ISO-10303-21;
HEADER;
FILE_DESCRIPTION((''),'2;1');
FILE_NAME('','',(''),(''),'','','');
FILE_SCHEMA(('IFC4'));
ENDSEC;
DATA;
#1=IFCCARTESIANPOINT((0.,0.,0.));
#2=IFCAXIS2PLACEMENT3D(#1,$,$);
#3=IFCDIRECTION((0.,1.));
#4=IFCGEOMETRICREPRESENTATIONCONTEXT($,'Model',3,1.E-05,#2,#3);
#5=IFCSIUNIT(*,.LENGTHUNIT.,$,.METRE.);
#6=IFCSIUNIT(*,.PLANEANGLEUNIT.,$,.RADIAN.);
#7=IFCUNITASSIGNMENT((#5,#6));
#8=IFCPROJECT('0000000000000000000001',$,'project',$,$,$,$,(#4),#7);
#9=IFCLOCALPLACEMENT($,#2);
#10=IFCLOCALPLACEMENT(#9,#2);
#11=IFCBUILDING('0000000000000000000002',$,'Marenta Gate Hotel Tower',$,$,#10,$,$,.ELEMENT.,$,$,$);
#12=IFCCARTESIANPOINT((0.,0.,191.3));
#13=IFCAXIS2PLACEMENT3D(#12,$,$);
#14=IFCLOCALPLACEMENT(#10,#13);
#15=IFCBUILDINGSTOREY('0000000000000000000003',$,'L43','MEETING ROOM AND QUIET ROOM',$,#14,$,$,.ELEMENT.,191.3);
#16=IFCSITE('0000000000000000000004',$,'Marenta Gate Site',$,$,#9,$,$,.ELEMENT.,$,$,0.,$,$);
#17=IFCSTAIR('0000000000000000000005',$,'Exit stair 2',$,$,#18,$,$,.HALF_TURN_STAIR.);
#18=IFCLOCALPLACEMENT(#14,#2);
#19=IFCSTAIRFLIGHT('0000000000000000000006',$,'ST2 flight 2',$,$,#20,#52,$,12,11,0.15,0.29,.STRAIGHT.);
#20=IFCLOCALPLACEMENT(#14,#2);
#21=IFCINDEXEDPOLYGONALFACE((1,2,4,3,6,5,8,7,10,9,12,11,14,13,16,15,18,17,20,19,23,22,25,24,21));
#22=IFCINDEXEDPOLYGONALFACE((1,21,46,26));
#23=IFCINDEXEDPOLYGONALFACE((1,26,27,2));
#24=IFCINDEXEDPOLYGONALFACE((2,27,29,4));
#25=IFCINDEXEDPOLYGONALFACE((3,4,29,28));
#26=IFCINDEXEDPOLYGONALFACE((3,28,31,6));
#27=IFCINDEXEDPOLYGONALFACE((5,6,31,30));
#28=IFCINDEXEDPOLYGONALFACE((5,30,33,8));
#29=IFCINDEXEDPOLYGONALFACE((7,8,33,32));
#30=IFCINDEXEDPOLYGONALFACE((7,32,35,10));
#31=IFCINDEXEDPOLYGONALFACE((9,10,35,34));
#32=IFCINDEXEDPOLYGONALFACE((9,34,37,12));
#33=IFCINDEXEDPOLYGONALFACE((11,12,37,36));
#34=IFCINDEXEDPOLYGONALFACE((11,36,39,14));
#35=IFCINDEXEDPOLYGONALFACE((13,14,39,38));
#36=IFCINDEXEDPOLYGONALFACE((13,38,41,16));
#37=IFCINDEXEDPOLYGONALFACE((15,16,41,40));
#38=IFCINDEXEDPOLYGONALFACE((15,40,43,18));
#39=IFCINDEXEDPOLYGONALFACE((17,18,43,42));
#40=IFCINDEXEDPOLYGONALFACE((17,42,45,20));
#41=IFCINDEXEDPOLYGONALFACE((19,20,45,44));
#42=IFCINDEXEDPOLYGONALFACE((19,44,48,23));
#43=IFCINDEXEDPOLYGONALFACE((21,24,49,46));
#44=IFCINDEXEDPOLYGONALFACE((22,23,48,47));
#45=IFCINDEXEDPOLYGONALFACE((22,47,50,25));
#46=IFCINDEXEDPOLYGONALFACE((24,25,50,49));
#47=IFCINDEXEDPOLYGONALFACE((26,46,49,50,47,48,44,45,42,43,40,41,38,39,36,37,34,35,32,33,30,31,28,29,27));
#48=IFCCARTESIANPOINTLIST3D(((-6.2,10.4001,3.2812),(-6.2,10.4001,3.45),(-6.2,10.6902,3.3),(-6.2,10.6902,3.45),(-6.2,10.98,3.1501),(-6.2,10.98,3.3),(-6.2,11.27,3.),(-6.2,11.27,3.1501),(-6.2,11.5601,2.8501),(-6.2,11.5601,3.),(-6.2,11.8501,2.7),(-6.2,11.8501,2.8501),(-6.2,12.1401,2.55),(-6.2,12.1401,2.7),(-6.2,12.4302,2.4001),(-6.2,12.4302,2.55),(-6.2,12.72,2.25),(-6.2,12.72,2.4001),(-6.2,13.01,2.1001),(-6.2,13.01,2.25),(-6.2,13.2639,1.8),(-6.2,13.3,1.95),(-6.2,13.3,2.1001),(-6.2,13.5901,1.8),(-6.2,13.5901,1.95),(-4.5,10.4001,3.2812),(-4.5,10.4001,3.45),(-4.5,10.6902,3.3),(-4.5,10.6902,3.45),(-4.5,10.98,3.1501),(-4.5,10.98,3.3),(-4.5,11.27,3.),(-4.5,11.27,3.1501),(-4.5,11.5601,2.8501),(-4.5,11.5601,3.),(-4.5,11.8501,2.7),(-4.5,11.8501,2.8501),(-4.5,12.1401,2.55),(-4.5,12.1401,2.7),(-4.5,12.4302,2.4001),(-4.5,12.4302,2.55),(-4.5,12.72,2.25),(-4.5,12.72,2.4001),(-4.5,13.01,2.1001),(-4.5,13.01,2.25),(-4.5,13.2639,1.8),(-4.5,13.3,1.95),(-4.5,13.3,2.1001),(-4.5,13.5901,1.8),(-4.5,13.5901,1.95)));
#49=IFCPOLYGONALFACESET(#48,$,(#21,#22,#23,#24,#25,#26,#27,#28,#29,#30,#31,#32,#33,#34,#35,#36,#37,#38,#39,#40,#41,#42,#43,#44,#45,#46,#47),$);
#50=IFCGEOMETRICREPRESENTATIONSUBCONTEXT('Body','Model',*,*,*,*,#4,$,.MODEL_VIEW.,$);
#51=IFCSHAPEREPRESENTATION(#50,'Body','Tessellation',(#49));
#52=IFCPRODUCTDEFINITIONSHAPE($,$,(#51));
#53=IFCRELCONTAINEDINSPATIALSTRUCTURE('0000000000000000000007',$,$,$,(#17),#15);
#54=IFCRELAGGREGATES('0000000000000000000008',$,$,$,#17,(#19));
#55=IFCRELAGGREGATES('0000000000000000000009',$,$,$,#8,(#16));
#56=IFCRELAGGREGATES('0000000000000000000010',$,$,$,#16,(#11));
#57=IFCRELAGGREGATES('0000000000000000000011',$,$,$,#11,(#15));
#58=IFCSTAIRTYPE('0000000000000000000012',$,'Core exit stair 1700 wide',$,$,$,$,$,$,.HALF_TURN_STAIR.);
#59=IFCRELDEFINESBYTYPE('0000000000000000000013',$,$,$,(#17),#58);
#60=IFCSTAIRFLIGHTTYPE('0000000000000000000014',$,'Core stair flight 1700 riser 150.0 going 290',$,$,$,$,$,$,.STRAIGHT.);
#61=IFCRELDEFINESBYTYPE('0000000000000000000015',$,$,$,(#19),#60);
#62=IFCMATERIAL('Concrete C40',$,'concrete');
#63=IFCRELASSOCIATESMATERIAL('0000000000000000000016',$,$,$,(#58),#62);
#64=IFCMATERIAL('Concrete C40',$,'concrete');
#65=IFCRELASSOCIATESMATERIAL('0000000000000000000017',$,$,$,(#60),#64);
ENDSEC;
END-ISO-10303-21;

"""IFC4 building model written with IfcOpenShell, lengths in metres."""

from ifc_helpers import new_model, si_unit, direction, frame, origin, place, context, subcontext, project, spatial, polyline, outline, extrude, material, type_object, element, aggregate, save


model = new_model("IFC4")

# Units and contexts
model_context = context("Model", 3, precision=1e-05, world=origin(), true_north=direction((0.0, 1.0)))
body_context = subcontext(model_context, "Body", "Model", "MODEL_VIEW")
ifc_project = project(units=[si_unit("LENGTHUNIT", "METRE"), si_unit("PLANEANGLEUNIT", "RADIAN")], contexts=[model_context])

# Site, building, storey
site_placement = place(None, origin())
site = spatial("IfcSite", under=ifc_project, at=site_placement, Name="Marenta Gate Site", CompositionType="ELEMENT", RefElevation=0.0)
building_placement = place(site_placement, origin())
building = spatial("IfcBuilding", under=site, at=building_placement, Name="Marenta Gate Hotel Tower", CompositionType="ELEMENT")
storey_placement = place(building_placement, frame((0.0, 0.0, 191.3)))
storey = spatial("IfcBuildingStorey", under=building, at=storey_placement, Name="L43", Description="MEETING ROOM AND QUIET ROOM", CompositionType="ELEMENT", Elevation=191.3)

# Stair, stair flight
ifc_material_1 = material(Name="Concrete C40", Category="concrete")
stair_type = type_object("IfcStairType", Name="Core exit stair 1700 wide", PredefinedType="HALF_TURN_STAIR", material=ifc_material_1)
stair_placement = place(storey_placement, origin())
stair = element("IfcStair", 1, at=stair_placement, inside=storey, type_object=stair_type, Name="Exit stair 2", PredefinedType="HALF_TURN_STAIR")
ifc_material_2 = material(Name="Concrete C40", Category="concrete")
stair_flight_type = type_object("IfcStairFlightType", Name="Core stair flight 1700 riser 150.0 going 290", PredefinedType="STRAIGHT", material=ifc_material_2)
stair_flight_1_placement = place(storey_placement, frame((-5.3501, 13.5901, 1.8), z_axis=(0.0, 0.0, 1.0), x_axis=(0.0, -1.0, 0.0)))
stair_flight_1 = element("IfcStairFlight", 2, at=stair_flight_1_placement, type_object=stair_flight_type, Name="ST2 flight 2", NumberOfRisers=12, NumberOfTreads=11, PredefinedType="STRAIGHT", RiserHeight=0.15, TreadLength=0.29, context=body_context, shape_type="SweptSolid", body=[
    extrude(outline(polyline([(0.0, 0.0), (0.0, 0.1499), (0.29, 0.1499), (0.29, 0.3), (0.5801, 0.3), (0.5801, 0.45), (0.8701, 0.45), (0.8701, 0.6001), (1.1599, 0.6001), (1.1599, 0.75), (1.45, 0.75), (1.45, 0.8999), (1.74, 0.8999), (1.74, 1.05), (2.03, 1.05), (2.03, 1.2), (2.3201, 1.2), (2.3201, 1.3501), (2.6101, 1.3501), (2.6101, 1.5), (2.8999, 1.5), (2.8999, 1.6499), (3.1899, 1.6499), (3.1899, 1.8), (3.1899, 1.4812), (0.3262, 0.0), (0.0, 0.0)])), frame((0.0, 0.8501, 0.0), z_axis=(0.0, -1.0, 0.0), x_axis=(1.0, 0.0, 0.0)), (0.0, 0.0, 1.0), 1.7),
])
aggregate(stair, [stair_flight_1])

save(model, "model.ifc")
